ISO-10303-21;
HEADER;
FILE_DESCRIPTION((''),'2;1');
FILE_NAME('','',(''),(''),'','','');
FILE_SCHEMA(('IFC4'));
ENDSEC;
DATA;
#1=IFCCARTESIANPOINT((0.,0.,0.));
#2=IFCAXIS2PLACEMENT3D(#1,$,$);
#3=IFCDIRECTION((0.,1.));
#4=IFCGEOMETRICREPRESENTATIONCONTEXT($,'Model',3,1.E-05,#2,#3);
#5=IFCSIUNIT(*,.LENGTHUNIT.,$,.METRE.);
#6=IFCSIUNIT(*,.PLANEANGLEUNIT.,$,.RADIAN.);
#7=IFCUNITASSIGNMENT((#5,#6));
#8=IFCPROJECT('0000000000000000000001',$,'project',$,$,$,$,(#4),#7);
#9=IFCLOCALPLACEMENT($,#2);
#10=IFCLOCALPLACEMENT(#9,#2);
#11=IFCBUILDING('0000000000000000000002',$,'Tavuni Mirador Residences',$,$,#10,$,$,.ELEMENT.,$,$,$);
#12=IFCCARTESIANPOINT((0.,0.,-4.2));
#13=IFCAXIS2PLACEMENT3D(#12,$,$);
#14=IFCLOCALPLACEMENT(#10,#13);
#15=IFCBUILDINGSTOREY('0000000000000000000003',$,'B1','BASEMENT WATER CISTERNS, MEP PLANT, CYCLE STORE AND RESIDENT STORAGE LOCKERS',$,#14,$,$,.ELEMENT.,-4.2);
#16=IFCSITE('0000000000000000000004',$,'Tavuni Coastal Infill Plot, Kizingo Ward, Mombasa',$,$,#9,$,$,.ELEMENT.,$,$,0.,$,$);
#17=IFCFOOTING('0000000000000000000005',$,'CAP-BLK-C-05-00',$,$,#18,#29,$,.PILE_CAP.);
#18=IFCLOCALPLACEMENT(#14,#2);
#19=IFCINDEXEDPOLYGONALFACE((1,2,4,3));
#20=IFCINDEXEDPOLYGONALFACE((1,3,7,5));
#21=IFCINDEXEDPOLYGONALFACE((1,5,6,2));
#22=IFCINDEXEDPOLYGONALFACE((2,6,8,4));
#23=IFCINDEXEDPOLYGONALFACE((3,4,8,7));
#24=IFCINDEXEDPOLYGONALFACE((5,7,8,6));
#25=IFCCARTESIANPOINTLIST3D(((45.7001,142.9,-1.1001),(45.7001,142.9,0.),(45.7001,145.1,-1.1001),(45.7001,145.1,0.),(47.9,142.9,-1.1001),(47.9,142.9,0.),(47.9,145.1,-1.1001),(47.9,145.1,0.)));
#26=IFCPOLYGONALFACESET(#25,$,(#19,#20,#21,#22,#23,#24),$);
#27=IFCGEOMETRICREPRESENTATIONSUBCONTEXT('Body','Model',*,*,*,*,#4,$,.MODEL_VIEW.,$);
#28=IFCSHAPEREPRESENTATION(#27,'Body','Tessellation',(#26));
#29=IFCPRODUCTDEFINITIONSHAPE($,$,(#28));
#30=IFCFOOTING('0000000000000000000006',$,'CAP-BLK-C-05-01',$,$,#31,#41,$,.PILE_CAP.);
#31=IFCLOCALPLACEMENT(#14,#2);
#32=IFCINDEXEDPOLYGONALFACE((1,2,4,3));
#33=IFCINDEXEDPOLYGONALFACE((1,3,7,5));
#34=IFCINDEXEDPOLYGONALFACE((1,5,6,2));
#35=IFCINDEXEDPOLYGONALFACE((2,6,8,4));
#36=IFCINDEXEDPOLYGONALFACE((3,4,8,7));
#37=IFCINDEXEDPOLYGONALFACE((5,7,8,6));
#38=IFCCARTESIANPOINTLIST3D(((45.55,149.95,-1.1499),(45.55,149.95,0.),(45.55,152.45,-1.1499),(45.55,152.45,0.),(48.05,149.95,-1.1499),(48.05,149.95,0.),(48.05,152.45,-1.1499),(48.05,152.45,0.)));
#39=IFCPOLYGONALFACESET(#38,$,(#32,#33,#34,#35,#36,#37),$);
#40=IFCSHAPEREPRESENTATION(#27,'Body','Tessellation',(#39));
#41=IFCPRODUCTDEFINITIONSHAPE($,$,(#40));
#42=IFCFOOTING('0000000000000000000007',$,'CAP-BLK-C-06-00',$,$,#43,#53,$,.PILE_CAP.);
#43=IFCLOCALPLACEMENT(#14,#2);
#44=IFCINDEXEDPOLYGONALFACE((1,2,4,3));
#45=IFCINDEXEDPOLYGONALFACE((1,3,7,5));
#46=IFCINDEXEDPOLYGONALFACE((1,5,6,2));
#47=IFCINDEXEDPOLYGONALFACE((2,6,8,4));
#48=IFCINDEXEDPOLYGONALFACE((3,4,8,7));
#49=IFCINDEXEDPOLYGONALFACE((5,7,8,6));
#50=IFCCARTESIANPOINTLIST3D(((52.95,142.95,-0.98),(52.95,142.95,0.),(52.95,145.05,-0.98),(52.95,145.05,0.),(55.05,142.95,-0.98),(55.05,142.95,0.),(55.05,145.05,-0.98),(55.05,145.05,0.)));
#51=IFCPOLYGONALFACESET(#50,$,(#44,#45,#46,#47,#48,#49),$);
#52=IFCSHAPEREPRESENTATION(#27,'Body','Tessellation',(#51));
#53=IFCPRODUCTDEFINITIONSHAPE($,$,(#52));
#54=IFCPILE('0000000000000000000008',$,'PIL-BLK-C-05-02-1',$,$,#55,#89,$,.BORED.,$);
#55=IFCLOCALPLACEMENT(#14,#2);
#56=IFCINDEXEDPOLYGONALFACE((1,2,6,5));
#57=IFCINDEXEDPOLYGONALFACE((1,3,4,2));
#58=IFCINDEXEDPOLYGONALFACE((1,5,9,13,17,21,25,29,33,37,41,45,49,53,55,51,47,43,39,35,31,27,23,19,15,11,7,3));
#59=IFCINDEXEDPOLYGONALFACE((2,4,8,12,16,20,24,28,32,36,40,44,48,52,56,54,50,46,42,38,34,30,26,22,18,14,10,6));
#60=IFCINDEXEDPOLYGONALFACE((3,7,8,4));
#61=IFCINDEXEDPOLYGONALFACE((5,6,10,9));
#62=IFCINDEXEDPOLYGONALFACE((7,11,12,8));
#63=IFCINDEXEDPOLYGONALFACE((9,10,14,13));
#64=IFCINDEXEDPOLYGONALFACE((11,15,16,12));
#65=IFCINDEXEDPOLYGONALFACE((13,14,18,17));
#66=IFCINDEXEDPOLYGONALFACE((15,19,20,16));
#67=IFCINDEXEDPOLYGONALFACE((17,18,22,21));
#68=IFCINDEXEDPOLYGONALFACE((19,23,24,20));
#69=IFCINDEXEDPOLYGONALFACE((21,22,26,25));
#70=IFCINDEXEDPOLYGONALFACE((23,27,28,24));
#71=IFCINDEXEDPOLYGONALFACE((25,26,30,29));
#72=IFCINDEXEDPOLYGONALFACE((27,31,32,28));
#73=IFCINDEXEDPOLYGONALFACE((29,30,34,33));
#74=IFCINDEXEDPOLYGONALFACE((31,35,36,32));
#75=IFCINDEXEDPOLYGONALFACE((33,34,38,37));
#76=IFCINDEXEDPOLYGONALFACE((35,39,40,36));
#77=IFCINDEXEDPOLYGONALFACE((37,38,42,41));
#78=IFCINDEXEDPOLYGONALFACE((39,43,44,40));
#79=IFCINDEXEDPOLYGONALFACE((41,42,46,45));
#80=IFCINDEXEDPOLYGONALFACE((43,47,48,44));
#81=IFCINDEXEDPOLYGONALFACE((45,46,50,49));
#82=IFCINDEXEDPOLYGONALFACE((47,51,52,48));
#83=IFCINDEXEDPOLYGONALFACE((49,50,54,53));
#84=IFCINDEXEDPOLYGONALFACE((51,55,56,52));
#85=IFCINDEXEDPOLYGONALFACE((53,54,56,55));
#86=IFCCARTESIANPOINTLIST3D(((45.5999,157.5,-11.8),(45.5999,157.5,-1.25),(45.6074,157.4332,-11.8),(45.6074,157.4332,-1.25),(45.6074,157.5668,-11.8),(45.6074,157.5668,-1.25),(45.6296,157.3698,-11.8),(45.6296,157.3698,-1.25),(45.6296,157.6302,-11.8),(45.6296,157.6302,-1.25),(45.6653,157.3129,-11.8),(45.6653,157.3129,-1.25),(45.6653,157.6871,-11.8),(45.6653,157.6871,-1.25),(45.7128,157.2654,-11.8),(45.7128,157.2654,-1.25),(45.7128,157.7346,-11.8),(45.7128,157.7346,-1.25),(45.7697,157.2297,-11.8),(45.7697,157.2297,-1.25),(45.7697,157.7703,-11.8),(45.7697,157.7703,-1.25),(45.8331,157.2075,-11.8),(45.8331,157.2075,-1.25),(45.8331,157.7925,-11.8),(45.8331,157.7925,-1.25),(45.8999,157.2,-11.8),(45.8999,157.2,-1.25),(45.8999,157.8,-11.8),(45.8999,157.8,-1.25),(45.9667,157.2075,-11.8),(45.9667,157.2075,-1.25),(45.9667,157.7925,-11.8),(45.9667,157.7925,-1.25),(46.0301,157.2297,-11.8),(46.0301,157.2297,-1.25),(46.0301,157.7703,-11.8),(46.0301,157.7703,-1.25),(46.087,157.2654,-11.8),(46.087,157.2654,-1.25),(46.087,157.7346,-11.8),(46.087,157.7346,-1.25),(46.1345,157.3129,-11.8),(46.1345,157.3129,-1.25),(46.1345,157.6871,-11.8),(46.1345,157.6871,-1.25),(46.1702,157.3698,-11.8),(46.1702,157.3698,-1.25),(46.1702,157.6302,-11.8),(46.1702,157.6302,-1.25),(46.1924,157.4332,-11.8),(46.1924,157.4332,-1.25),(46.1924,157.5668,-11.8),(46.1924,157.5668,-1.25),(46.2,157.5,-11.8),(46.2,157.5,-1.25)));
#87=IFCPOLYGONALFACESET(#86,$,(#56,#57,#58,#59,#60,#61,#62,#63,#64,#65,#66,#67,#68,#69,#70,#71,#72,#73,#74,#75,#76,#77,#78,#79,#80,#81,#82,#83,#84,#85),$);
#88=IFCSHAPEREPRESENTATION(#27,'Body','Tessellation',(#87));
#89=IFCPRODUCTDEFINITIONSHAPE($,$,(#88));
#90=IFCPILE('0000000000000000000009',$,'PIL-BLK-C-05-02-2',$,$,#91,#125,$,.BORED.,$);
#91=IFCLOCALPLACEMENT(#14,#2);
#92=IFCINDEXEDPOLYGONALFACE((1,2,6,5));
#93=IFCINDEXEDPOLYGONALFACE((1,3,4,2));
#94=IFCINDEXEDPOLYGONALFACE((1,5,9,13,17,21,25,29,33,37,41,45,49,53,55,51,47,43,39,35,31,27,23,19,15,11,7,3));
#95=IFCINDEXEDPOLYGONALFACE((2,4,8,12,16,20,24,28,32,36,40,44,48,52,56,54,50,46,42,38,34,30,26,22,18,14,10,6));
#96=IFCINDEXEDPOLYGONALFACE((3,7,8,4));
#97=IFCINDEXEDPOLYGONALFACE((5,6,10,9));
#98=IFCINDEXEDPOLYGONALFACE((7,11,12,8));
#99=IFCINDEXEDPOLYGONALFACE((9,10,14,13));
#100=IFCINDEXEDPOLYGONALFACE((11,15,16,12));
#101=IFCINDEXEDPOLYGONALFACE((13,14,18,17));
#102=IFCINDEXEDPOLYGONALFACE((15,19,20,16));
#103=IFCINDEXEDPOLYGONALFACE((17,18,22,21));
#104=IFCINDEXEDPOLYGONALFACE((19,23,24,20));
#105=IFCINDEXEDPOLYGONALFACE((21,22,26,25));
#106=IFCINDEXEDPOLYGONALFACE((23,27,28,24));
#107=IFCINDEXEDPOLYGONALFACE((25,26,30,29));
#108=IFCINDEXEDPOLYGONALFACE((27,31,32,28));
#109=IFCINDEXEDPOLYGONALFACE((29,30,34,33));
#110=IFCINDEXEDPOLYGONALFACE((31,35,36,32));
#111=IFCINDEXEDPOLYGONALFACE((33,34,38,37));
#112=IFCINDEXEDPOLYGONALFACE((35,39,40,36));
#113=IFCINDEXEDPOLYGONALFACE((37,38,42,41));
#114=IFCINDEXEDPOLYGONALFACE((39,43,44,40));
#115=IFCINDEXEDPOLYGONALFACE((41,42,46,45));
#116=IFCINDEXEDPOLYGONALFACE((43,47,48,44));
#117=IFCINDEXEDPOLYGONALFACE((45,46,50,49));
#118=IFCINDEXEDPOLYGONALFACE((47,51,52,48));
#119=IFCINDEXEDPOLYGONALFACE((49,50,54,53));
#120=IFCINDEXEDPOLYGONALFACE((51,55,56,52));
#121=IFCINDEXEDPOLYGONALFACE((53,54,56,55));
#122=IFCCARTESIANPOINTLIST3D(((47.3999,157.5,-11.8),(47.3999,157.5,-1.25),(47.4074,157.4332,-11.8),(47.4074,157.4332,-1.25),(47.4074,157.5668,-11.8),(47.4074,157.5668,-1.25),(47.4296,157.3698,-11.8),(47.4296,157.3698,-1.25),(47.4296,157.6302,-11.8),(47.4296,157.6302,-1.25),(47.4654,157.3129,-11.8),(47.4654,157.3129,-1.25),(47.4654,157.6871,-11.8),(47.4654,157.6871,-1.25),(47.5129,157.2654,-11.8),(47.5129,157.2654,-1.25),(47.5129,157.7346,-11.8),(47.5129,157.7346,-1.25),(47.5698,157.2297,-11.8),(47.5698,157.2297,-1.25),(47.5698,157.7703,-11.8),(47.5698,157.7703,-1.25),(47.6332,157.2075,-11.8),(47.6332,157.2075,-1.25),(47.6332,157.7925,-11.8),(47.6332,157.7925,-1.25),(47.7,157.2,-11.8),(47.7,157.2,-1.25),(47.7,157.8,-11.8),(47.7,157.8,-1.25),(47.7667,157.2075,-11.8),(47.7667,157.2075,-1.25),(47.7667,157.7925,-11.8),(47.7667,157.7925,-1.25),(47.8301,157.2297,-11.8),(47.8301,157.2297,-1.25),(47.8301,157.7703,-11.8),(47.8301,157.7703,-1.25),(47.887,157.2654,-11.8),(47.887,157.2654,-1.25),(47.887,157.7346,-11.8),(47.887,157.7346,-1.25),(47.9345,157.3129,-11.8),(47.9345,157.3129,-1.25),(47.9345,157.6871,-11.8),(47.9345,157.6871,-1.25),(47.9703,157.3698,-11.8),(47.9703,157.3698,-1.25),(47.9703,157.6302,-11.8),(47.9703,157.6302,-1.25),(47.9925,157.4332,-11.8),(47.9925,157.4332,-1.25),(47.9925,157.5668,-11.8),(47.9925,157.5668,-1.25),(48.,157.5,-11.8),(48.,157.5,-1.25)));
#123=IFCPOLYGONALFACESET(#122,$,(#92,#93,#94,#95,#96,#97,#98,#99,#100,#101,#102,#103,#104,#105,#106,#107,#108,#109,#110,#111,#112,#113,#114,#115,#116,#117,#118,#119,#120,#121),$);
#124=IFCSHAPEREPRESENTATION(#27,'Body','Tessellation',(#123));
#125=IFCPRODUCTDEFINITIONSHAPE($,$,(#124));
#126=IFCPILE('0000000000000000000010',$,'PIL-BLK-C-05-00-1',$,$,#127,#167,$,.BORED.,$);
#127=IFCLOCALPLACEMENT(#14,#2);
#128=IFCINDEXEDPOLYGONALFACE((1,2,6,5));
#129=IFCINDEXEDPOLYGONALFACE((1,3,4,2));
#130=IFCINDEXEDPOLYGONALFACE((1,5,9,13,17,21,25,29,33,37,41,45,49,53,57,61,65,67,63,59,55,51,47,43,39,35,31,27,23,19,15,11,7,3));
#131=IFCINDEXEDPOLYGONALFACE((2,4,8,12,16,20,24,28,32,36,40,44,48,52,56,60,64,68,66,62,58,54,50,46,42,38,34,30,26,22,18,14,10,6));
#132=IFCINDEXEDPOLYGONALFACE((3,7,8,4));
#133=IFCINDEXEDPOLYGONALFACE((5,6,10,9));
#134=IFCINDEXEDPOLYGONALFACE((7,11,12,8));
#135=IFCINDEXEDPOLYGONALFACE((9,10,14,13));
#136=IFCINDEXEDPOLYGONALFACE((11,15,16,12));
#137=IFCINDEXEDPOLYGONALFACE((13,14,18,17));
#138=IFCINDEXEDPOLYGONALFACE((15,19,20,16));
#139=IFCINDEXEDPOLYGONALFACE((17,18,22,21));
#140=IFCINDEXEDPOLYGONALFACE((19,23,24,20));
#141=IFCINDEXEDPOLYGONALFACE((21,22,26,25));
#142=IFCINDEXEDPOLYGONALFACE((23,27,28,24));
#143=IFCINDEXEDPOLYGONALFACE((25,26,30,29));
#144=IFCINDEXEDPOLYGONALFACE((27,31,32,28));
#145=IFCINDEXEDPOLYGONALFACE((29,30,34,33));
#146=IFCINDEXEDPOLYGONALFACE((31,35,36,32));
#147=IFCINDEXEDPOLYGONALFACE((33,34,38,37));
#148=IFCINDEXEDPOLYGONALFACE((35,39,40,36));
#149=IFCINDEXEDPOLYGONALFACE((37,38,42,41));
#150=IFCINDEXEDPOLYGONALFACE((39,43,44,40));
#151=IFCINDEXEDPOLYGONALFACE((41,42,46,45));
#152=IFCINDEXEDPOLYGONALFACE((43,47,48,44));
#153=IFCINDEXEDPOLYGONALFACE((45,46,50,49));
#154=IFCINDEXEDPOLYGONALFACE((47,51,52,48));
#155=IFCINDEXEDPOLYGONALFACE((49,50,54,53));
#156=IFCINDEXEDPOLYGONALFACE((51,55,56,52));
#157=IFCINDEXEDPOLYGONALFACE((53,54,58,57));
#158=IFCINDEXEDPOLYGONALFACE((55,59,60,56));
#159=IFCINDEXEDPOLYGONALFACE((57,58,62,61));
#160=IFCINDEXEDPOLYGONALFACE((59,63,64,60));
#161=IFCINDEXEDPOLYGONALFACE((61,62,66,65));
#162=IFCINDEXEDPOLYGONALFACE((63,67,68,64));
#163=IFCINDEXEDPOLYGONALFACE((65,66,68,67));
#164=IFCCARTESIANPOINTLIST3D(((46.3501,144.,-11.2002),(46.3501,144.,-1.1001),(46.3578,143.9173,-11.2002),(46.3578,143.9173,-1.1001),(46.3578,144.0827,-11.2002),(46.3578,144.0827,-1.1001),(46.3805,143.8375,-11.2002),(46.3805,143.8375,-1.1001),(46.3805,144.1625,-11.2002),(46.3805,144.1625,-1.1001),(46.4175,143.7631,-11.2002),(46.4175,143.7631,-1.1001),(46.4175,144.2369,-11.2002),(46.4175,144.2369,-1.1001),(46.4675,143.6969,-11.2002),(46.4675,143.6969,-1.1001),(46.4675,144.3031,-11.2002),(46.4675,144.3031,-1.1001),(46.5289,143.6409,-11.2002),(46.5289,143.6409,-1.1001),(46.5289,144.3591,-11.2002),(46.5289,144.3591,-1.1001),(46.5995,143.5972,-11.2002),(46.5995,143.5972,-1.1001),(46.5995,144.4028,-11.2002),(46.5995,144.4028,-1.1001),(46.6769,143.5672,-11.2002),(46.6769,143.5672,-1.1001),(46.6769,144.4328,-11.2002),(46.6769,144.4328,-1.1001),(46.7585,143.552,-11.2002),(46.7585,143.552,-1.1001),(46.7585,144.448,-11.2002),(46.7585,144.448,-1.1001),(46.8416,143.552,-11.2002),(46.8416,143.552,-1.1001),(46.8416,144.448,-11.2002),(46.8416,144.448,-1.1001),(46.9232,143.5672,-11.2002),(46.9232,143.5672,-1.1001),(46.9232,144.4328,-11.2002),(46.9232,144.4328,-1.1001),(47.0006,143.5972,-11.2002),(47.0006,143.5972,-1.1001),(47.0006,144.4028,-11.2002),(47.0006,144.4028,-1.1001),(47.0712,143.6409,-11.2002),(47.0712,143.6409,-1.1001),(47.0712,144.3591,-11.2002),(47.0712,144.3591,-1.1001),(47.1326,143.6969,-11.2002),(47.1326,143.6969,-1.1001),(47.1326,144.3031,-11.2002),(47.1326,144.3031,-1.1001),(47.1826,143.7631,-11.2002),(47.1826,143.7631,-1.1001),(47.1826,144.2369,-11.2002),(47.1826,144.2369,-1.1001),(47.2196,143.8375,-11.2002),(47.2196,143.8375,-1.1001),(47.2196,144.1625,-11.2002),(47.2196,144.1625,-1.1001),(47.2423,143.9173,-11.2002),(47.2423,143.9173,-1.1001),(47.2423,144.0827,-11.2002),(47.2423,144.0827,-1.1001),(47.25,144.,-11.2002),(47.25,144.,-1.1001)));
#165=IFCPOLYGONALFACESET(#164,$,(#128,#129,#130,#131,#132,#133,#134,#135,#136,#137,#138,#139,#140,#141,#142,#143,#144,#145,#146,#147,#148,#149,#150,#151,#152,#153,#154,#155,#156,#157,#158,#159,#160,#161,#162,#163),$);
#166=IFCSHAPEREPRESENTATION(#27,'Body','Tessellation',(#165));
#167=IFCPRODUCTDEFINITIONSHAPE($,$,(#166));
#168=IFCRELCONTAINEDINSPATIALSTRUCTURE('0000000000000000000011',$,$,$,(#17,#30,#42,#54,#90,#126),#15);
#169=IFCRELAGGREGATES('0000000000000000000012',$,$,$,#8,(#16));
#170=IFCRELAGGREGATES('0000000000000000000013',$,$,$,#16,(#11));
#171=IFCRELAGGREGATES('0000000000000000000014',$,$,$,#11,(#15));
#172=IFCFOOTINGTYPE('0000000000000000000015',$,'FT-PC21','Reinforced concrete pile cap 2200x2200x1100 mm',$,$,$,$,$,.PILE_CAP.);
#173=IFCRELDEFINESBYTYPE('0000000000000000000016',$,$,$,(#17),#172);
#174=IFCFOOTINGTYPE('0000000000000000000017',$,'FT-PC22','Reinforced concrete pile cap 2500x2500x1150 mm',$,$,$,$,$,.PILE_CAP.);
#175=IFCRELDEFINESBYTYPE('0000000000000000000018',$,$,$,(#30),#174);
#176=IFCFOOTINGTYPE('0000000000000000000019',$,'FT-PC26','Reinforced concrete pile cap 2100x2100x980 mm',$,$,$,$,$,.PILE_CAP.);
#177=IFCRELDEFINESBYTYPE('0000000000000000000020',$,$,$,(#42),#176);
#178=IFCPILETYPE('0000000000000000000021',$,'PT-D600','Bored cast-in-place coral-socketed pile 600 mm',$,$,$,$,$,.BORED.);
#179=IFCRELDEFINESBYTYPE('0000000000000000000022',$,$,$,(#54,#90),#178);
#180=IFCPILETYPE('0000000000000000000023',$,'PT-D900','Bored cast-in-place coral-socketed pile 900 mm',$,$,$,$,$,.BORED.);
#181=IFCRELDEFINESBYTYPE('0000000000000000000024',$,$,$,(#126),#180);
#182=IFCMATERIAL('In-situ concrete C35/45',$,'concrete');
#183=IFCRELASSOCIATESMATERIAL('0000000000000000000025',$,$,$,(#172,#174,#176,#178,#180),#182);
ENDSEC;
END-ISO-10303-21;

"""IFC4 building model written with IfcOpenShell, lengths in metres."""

from ifc_helpers import new_model, si_unit, direction, frame, origin, origin_2d, place, context, subcontext, project, spatial, rectangle, circle, extrude, material, material_profile, profile_set, type_object, element, save


model = new_model("IFC4")

# Units and contexts
model_context = context("Model", 3, precision=1e-05, world=origin(), true_north=direction((0.0, 1.0)))
body_context = subcontext(model_context, "Body", "Model", "MODEL_VIEW")
ifc_project = project(units=[si_unit("LENGTHUNIT", "METRE"), si_unit("PLANEANGLEUNIT", "RADIAN")], contexts=[model_context])

# Site, building, storey
site_placement = place(None, origin())
site = spatial("IfcSite", under=ifc_project, at=site_placement, Name="Tavuni Coastal Infill Plot, Kizingo Ward, Mombasa", CompositionType="ELEMENT", RefElevation=0.0)
building_placement = place(site_placement, origin())
building = spatial("IfcBuilding", under=site, at=building_placement, Name="Tavuni Mirador Residences", CompositionType="ELEMENT")
storey_placement = place(building_placement, frame((0.0, 0.0, -4.2)))
storey = spatial("IfcBuildingStorey", under=building, at=storey_placement, Name="B1", Description="BASEMENT WATER CISTERNS, MEP PLANT, CYCLE STORE AND RESIDENT STORAGE LOCKERS", CompositionType="ELEMENT", Elevation=-4.2)

# Footings
ifc_material_1 = material(Name="In-situ concrete C35/45", Category="concrete")
footing_type_1 = type_object("IfcFootingType", Name="FT-PC21", Description="Reinforced concrete pile cap 2200x2200x1100 mm", PredefinedType="PILE_CAP", material=ifc_material_1)
footing_1_placement = place(storey_placement, frame((46.8, 144.0, -1.1001), z_axis=(0.0, 0.0, 1.0), x_axis=(1.0, 0.0, 0.0)))
element("IfcFooting", 1, at=footing_1_placement, inside=storey, type_object=footing_type_1, Name="CAP-BLK-C-05-00", PredefinedType="PILE_CAP", context=body_context, shape_type="SweptSolid", body=[
    extrude(rectangle(XDim=2.2, YDim=2.2, at=origin_2d()), origin(), (0.0, 0.0, 1.0), 1.1001),
])
footing_type_2 = type_object("IfcFootingType", Name="FT-PC22", Description="Reinforced concrete pile cap 2500x2500x1150 mm", PredefinedType="PILE_CAP", material=ifc_material_1)
footing_2_placement = place(storey_placement, frame((46.8, 151.2, -1.1499), z_axis=(0.0, 0.0, 1.0), x_axis=(1.0, 0.0, 0.0)))
element("IfcFooting", 2, at=footing_2_placement, inside=storey, type_object=footing_type_2, Name="CAP-BLK-C-05-01", PredefinedType="PILE_CAP", context=body_context, shape_type="SweptSolid", body=[
    extrude(rectangle(XDim=2.5, YDim=2.5, at=origin_2d()), origin(), (0.0, 0.0, 1.0), 1.1499),
])
footing_type_3 = type_object("IfcFootingType", Name="FT-PC26", Description="Reinforced concrete pile cap 2100x2100x980 mm", PredefinedType="PILE_CAP", material=ifc_material_1)
footing_3_placement = place(storey_placement, frame((54.0, 144.0, -0.98), z_axis=(0.0, 0.0, 1.0), x_axis=(1.0, 0.0, 0.0)))
element("IfcFooting", 3, at=footing_3_placement, inside=storey, type_object=footing_type_3, Name="CAP-BLK-C-06-00", PredefinedType="PILE_CAP", context=body_context, shape_type="SweptSolid", body=[
    extrude(rectangle(XDim=2.1001, YDim=2.1001, at=origin_2d()), origin(), (0.0, 0.0, 1.0), 0.98),
])

# Piles
ifc_material_profile_1 = material_profile(ifc_material_1, circle(Radius=0.3, at=origin_2d()), Name="PILE D600", Category="concrete")
ifc_profile_set_1 = profile_set([ifc_material_profile_1], Name="In-situ concrete C35/45")
pile_type_1 = type_object("IfcPileType", Name="PT-D600", Description="Bored cast-in-place coral-socketed pile 600 mm", PredefinedType="BORED", material=ifc_profile_set_1)
for number, where, z_axis, x_axis, name in (
    (4, (45.8999, 157.5, -1.25), (0.0, 0.0, -1.0), (1.0, 0.0, 0.0), "PIL-BLK-C-05-02-1"),
    (5, (47.7, 157.5, -1.25), (0.0, 0.0, -1.0), (1.0, 0.0, 0.0), "PIL-BLK-C-05-02-2"),
):
    element("IfcPile", number, at=place(storey_placement, frame(where, z_axis=z_axis, x_axis=x_axis)), inside=storey, type_object=pile_type_1, Name=name, PredefinedType="BORED", context=body_context, shape_type="SweptSolid", body=[
        extrude(circle(Radius=0.3, at=origin_2d()), origin(), (0.0, 0.0, 1.0), 10.55),
    ])
ifc_material_profile_2 = material_profile(ifc_material_1, circle(Radius=0.45, at=origin_2d()), Name="PILE D900", Category="concrete")
ifc_profile_set_2 = profile_set([ifc_material_profile_2], Name="In-situ concrete C35/45")
pile_type_2 = type_object("IfcPileType", Name="PT-D900", Description="Bored cast-in-place coral-socketed pile 900 mm", PredefinedType="BORED", material=ifc_profile_set_2)
pile_1_placement = place(storey_placement, frame((46.8, 144.0, -1.1001), z_axis=(0.0, 0.0, -1.0), x_axis=(1.0, 0.0, 0.0)))
element("IfcPile", 6, at=pile_1_placement, inside=storey, type_object=pile_type_2, Name="PIL-BLK-C-05-00-1", PredefinedType="BORED", context=body_context, shape_type="SweptSolid", body=[
    extrude(circle(Radius=0.45, at=origin_2d()), origin(), (0.0, 0.0, 1.0), 10.1001),
])

save(model, "model.ifc")
